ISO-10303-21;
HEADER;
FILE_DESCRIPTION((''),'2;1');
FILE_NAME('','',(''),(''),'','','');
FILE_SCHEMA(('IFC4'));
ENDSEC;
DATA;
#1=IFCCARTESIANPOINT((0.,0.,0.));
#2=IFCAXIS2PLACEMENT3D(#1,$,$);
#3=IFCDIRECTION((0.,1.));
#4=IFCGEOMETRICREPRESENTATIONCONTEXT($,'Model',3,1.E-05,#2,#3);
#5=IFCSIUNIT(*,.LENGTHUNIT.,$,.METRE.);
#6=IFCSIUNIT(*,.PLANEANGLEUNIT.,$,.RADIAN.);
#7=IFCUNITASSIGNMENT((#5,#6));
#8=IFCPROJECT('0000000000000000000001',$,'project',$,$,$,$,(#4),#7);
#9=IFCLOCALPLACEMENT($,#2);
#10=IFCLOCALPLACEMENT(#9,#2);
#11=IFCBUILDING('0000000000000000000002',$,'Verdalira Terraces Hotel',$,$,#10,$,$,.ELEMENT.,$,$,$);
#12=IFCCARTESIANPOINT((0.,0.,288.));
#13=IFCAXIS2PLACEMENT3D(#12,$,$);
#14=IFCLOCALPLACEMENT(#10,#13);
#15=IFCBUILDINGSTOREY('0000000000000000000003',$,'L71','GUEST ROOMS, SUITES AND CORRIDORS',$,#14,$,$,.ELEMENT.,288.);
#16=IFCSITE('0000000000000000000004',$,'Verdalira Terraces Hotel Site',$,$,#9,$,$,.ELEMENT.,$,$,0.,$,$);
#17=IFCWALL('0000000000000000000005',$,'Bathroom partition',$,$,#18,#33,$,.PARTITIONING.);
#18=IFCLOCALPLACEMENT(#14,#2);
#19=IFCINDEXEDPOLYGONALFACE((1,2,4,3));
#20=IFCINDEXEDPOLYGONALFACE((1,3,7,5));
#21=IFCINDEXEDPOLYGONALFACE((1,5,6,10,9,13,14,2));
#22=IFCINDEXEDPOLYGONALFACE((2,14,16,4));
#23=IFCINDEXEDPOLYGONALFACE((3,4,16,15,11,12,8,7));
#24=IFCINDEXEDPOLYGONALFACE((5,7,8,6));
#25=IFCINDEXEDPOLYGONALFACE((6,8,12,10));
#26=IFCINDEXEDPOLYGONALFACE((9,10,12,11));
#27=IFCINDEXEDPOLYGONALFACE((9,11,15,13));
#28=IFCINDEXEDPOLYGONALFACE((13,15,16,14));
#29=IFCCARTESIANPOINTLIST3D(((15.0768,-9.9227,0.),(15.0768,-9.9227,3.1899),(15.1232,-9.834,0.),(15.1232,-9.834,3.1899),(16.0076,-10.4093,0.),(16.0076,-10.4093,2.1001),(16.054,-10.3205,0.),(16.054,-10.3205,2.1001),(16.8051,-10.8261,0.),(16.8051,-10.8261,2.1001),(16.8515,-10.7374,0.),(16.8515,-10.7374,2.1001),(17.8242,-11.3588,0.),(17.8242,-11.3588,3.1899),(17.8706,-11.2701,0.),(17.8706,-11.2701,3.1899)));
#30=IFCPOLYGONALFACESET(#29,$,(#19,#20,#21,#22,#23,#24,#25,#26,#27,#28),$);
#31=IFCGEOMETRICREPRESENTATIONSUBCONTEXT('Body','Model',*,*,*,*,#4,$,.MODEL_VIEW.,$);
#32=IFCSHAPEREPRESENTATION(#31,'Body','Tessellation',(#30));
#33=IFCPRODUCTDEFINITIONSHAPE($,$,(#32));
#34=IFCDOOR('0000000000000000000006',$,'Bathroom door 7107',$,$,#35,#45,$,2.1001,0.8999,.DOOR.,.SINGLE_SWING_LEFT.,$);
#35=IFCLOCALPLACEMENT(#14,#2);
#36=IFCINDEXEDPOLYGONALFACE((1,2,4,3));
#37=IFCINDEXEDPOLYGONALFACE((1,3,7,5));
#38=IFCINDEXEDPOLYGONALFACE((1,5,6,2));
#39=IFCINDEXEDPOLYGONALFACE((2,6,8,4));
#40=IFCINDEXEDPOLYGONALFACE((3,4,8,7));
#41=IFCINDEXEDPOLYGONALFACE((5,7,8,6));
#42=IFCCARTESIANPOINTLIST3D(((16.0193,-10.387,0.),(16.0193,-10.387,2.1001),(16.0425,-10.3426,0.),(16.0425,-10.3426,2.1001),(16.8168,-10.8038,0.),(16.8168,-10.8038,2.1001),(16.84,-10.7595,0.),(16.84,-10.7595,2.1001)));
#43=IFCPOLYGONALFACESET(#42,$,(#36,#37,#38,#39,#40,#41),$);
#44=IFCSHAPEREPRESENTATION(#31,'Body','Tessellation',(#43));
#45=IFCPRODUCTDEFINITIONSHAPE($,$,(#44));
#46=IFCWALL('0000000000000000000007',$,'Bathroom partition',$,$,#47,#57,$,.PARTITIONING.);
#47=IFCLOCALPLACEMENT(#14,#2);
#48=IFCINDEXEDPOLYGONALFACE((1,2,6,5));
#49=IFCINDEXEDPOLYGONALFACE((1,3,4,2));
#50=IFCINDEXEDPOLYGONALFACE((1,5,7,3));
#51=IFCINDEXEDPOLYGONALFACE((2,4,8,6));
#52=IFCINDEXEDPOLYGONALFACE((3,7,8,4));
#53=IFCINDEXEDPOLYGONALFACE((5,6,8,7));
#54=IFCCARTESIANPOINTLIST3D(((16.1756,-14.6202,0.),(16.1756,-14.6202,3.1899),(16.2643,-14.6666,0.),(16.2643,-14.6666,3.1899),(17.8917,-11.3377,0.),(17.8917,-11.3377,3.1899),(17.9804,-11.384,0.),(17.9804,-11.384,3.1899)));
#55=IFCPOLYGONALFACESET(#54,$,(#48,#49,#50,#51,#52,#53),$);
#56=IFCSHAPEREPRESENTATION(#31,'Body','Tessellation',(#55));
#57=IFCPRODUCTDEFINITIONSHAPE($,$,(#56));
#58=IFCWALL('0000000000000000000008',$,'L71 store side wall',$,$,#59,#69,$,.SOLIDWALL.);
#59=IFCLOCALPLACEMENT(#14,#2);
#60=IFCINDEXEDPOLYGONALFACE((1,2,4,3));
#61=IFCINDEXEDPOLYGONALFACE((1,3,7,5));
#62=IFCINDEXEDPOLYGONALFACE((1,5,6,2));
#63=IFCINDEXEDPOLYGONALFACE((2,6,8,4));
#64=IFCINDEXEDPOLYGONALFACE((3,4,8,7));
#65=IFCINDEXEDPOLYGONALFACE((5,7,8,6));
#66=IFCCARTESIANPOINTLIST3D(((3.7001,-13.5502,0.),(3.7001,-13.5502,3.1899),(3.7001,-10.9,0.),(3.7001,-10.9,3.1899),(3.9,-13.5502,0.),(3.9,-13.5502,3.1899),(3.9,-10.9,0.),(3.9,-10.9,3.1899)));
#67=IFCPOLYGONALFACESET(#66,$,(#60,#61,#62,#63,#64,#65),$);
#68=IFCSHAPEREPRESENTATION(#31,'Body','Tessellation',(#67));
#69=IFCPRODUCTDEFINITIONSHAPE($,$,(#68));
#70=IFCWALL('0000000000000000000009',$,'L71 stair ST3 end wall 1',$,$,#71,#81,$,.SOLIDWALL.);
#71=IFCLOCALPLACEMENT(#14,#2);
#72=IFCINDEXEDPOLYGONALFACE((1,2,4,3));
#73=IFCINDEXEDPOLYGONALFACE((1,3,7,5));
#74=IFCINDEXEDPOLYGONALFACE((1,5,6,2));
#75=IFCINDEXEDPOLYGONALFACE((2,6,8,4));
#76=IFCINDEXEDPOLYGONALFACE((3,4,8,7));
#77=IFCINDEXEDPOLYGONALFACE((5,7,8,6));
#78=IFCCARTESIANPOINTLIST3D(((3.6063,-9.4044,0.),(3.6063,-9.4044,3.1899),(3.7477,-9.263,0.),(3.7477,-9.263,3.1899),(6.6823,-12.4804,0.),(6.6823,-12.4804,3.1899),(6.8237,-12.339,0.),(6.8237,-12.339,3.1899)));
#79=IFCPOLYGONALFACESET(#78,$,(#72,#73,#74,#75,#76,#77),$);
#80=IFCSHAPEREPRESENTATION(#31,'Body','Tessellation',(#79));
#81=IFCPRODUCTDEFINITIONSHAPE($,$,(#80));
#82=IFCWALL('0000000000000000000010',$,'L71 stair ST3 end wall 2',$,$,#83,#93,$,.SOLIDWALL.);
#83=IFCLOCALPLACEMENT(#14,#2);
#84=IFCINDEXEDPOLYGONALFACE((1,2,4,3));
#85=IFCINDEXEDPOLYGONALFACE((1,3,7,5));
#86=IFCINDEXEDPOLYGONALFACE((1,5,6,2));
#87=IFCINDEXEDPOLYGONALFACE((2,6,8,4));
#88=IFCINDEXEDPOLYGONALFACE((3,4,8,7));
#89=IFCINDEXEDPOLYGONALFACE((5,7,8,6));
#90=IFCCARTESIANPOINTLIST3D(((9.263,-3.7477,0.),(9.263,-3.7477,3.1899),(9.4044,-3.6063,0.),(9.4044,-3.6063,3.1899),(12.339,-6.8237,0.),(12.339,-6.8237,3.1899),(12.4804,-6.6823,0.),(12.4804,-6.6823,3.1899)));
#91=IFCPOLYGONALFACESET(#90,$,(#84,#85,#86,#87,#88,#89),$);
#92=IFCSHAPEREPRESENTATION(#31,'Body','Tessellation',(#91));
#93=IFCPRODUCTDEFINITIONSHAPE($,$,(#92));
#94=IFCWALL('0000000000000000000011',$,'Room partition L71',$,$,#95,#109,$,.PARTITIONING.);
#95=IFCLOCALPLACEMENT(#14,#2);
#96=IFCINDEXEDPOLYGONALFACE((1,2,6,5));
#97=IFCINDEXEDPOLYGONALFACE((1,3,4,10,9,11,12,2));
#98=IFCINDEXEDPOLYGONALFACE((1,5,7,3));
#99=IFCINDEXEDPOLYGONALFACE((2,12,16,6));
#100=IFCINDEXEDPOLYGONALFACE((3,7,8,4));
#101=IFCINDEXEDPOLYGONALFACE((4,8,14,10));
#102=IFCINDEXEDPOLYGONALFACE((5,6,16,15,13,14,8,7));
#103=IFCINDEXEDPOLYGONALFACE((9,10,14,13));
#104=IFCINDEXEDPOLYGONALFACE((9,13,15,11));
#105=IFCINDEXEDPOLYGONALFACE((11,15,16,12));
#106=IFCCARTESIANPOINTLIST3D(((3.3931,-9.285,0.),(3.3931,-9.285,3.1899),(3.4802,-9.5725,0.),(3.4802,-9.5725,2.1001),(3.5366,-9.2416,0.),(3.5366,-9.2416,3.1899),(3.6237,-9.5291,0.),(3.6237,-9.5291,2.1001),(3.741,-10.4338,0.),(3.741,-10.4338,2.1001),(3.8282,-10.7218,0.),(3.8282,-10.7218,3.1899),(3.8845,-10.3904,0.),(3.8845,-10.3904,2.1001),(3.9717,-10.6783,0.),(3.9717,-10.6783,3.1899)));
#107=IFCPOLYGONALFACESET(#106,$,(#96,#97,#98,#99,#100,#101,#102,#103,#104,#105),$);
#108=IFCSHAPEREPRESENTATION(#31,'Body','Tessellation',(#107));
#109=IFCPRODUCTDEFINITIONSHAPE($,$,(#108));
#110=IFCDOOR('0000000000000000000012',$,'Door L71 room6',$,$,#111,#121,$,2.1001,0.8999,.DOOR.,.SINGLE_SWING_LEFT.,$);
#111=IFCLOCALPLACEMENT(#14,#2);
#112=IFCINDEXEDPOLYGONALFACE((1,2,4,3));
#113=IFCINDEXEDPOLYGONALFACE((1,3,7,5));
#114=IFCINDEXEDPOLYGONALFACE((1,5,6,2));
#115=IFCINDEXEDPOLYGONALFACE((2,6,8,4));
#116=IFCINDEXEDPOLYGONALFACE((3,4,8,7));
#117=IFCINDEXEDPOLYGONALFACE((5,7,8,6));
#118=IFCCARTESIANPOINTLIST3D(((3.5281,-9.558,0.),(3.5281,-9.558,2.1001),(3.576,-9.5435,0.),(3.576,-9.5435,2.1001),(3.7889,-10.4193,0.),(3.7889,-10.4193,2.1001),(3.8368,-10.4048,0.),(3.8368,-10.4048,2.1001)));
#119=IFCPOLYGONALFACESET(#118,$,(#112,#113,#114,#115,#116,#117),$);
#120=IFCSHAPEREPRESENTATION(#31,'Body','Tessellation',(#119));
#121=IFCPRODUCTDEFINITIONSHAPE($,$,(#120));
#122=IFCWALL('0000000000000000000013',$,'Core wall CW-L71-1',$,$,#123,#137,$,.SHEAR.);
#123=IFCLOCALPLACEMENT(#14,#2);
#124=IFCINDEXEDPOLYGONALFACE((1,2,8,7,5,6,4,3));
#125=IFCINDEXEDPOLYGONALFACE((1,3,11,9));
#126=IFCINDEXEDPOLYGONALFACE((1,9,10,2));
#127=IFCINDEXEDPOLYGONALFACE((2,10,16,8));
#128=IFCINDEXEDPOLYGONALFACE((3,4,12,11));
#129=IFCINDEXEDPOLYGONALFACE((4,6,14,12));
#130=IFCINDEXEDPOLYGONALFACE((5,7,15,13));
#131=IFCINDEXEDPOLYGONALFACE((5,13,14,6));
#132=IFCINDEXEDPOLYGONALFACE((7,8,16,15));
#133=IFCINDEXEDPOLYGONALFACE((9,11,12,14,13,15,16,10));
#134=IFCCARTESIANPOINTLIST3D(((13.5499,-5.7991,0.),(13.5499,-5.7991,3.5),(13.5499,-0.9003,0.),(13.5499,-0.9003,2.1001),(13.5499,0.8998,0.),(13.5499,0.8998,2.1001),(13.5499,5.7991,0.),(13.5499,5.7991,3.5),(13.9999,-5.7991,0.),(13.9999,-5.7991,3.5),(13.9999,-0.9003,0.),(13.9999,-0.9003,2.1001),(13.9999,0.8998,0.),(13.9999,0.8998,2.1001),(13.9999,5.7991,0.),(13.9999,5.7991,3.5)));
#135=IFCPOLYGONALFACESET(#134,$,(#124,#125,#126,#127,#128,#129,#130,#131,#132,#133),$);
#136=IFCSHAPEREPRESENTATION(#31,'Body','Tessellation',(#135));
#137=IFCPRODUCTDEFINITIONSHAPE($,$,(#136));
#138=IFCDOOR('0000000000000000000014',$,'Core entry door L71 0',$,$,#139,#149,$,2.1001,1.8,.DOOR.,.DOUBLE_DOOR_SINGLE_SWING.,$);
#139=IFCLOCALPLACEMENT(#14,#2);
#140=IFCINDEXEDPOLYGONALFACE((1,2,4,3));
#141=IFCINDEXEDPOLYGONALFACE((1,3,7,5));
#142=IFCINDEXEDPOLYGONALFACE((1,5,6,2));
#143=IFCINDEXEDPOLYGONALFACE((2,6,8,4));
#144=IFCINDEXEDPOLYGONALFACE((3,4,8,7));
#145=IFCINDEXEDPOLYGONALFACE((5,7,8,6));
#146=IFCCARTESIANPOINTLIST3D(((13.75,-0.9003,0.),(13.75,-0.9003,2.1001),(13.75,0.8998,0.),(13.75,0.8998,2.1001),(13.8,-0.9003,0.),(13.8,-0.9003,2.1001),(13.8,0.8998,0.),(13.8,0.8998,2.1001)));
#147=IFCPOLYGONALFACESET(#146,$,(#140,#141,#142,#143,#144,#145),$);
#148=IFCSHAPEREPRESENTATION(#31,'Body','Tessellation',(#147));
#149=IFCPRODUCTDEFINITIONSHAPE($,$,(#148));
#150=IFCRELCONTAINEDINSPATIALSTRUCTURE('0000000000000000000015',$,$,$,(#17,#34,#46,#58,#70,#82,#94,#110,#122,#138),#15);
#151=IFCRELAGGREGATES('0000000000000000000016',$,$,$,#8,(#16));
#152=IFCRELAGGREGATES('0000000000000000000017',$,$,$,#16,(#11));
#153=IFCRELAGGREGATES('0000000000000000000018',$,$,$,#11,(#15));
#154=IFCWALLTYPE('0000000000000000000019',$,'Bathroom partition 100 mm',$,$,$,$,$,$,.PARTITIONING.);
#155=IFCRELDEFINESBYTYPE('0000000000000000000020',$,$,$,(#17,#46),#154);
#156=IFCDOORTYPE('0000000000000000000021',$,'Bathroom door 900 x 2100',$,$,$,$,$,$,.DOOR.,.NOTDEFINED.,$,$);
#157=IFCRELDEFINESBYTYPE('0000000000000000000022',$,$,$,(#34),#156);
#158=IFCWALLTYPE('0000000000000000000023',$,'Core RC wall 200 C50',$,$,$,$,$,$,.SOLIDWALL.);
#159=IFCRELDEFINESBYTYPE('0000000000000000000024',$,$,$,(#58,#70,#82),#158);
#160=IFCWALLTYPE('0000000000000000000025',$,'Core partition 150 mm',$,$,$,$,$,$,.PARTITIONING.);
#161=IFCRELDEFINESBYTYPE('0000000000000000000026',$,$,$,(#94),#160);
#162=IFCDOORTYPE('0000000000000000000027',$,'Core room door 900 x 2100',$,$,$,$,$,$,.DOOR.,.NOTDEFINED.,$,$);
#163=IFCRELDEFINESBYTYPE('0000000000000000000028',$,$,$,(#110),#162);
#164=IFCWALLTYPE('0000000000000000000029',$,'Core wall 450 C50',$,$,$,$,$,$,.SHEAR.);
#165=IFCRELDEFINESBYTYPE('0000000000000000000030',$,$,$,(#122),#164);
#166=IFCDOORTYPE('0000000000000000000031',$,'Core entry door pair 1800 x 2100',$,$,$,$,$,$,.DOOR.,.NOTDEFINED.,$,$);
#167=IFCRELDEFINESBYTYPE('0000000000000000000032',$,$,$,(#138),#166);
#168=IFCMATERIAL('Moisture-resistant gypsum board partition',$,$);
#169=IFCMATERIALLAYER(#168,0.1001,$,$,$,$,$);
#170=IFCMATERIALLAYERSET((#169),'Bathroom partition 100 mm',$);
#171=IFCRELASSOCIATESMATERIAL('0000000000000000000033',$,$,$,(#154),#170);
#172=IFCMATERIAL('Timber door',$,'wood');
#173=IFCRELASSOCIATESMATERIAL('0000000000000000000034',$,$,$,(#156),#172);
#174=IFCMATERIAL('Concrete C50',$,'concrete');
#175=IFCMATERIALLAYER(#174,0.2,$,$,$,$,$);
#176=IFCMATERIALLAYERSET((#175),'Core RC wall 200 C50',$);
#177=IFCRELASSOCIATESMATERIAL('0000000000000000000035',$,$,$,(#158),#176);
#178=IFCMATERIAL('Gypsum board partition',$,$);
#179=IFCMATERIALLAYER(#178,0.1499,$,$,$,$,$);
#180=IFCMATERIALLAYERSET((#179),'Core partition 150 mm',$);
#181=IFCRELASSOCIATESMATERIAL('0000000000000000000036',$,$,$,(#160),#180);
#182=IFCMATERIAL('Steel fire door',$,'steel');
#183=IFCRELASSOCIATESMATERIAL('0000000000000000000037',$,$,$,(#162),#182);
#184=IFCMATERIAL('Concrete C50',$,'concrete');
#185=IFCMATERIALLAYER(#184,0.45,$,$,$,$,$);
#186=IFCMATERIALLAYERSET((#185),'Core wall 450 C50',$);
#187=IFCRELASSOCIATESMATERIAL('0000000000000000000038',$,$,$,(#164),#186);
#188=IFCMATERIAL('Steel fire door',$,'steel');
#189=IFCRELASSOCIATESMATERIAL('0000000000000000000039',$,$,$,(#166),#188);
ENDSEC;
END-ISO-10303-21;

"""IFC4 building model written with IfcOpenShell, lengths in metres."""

from ifc_helpers import new_model, si_unit, direction, frame, frame_2d, origin, place, context, subcontext, project, spatial, rectangle, extrude, material, layer, layer_set, type_object, element, fill, save


model = new_model("IFC4")

# Units and contexts
model_context = context("Model", 3, precision=1e-05, world=origin(), true_north=direction((0.0, 1.0)))
body_context = subcontext(model_context, "Body", "Model", "MODEL_VIEW")
ifc_project = project(units=[si_unit("LENGTHUNIT", "METRE"), si_unit("PLANEANGLEUNIT", "RADIAN")], contexts=[model_context])

# Site, building, storey
site_placement = place(None, origin())
site = spatial("IfcSite", under=ifc_project, at=site_placement, Name="Verdalira Terraces Hotel Site", CompositionType="ELEMENT", RefElevation=0.0)
building_placement = place(site_placement, origin())
building = spatial("IfcBuilding", under=site, at=building_placement, Name="Verdalira Terraces Hotel", CompositionType="ELEMENT")
storey_placement = place(building_placement, frame((0.0, 0.0, 288.0)))
storey = spatial("IfcBuildingStorey", under=building, at=storey_placement, Name="L71", Description="GUEST ROOMS, SUITES AND CORRIDORS", CompositionType="ELEMENT", Elevation=288.0)

# Wall, opening, door
ifc_material_1 = material(Name="Moisture-resistant gypsum board partition")
ifc_layer_1 = layer(ifc_material_1, 0.1001)
ifc_layer_set_1 = layer_set([ifc_layer_1], Name="Bathroom partition 100 mm")
wall_type_1 = type_object("IfcWallType", Name="Bathroom partition 100 mm", PredefinedType="PARTITIONING", material=ifc_layer_set_1)
wall_1_placement = place(storey_placement, frame((17.8474, -11.3145, 0.0), z_axis=(0.0, 0.0, 1.0), x_axis=(-0.886234, 0.463239, 0.0)))
wall_1 = element("IfcWall", 1, at=wall_1_placement, inside=storey, type_object=wall_type_1, Name="Bathroom partition", PredefinedType="PARTITIONING", context=body_context, shape_type="SweptSolid", body=[
    extrude(rectangle(XDim=3.1001, YDim=0.1001, at=frame_2d((1.55, 0.0))), origin(), (0.0, 0.0, 1.0), 3.1899),
])
opening_1_placement = place(wall_1_placement, frame((1.1499, 0.0, 0.0)))
opening_1 = element("IfcOpeningElement", 2, at=opening_1_placement, cuts=wall_1, PredefinedType="OPENING", context=body_context, shape_type="SweptSolid", body=[
    extrude(rectangle(XDim=0.8999, YDim=2.1001, at=frame_2d((0.45, 1.05))), frame((0.0, 0.0601, 0.0), z_axis=(0.0, -1.0, 0.0), x_axis=(1.0, 0.0, 0.0)), (0.0, 0.0, 1.0), 0.1201),
])
ifc_material_2 = material(Name="Timber door", Category="wood")
door_type_1 = type_object("IfcDoorType", Name="Bathroom door 900 x 2100", OperationType="NOTDEFINED", PredefinedType="DOOR", material=ifc_material_2)
door_1_placement = place(opening_1_placement, origin())
door_1 = element("IfcDoor", 3, at=door_1_placement, inside=storey, type_object=door_type_1, Name="Bathroom door 7107", OperationType="SINGLE_SWING_LEFT", OverallHeight=2.1001, OverallWidth=0.8999, PredefinedType="DOOR", context=body_context, shape_type="SweptSolid", body=[
    extrude(rectangle(XDim=0.8999, YDim=2.1001, at=frame_2d((0.45, 1.05))), frame((0.0, 0.0249, 0.0), z_axis=(0.0, -1.0, 0.0), x_axis=(1.0, 0.0, 0.0)), (0.0, 0.0, 1.0), 0.05),
])
fill(opening_1, door_1)

# Walls
wall_2_placement = place(storey_placement, frame((17.936, -11.3608, 0.0), z_axis=(0.0, 0.0, 1.0), x_axis=(-0.463302, -0.8862, 0.0)))
element("IfcWall", 4, at=wall_2_placement, inside=storey, type_object=wall_type_1, Name="Bathroom partition", PredefinedType="PARTITIONING", context=body_context, shape_type="SweptSolid", body=[
    extrude(rectangle(XDim=3.7041, YDim=0.1001, at=frame_2d((1.8521, 0.0))), origin(), (0.0, 0.0, 1.0), 3.1899),
])
ifc_material_3 = material(Name="Concrete C50", Category="concrete")
ifc_layer_2 = layer(ifc_material_3, 0.2)
ifc_layer_set_2 = layer_set([ifc_layer_2], Name="Core RC wall 200 C50")
wall_type_2 = type_object("IfcWallType", Name="Core RC wall 200 C50", PredefinedType="SOLIDWALL", material=ifc_layer_set_2)
wall_3_placement = place(storey_placement, frame((3.8, -10.8999, 0.0), z_axis=(0.0, 0.0, 1.0), x_axis=(0.0, -1.0, 0.0)))
element("IfcWall", 5, at=wall_3_placement, inside=storey, type_object=wall_type_2, Name="L71 store side wall", PredefinedType="SOLIDWALL", context=body_context, shape_type="SweptSolid", body=[
    extrude(rectangle(XDim=2.6501, YDim=0.2, at=frame_2d((1.3252, 0.0))), origin(), (0.0, 0.0, 1.0), 3.1899),
])
for number, where, z_axis, x_axis, name in (
    (6, (3.677, -9.3337, 0.0), (0.0, 0.0, 1.0), (0.707107, -0.707107, 0.0), "L71 stair ST3 end wall 1"),
    (7, (9.3337, -3.677, 0.0), (0.0, 0.0, 1.0), (0.707107, -0.707107, 0.0), "L71 stair ST3 end wall 2"),
):
    element("IfcWall", number, at=place(storey_placement, frame(where, z_axis=z_axis, x_axis=x_axis)), inside=storey, type_object=wall_type_2, Name=name, PredefinedType="SOLIDWALL", context=body_context, shape_type="SweptSolid", body=[
        extrude(rectangle(XDim=4.3501, YDim=0.2, at=frame_2d((2.175, 0.0))), origin(), (0.0, 0.0, 1.0), 3.1899),
    ])

# Walls, openings, doors
ifc_material_4 = material(Name="Gypsum board partition")
ifc_layer_3 = layer(ifc_material_4, 0.1499)
ifc_layer_set_3 = layer_set([ifc_layer_3], Name="Core partition 150 mm")
wall_type_3 = type_object("IfcWallType", Name="Core partition 150 mm", PredefinedType="PARTITIONING", material=ifc_layer_set_3)
wall_4_placement = place(storey_placement, frame((3.8999, -10.7, 0.0), z_axis=(0.0, 0.0, 1.0), x_axis=(-0.289809, 0.957085, 0.0)))
wall_4 = element("IfcWall", 8, at=wall_4_placement, inside=storey, type_object=wall_type_3, Name="Room partition L71", PredefinedType="PARTITIONING", context=body_context, shape_type="SweptSolid", body=[
    extrude(rectangle(XDim=1.5012, YDim=0.1499, at=frame_2d((0.7505, 0.0))), origin(), (0.0, 0.0, 1.0), 3.1899),
])
opening_2_placement = place(wall_4_placement, frame((0.3008, 0.0, 0.0)))
opening_2 = element("IfcOpeningElement", 9, at=opening_2_placement, cuts=wall_4, PredefinedType="OPENING", context=body_context, shape_type="SweptSolid", body=[
    extrude(rectangle(XDim=0.8999, YDim=2.1001, at=frame_2d((0.45, 1.05))), frame((0.0, 0.085, 0.0), z_axis=(0.0, -1.0, 0.0), x_axis=(1.0, 0.0, 0.0)), (0.0, 0.0, 1.0), 0.1699),
])
ifc_material_5 = material(Name="Steel fire door", Category="steel")
door_type_2 = type_object("IfcDoorType", Name="Core room door 900 x 2100", OperationType="NOTDEFINED", PredefinedType="DOOR", material=ifc_material_5)
door_2_placement = place(opening_2_placement, origin())
door_2 = element("IfcDoor", 10, at=door_2_placement, inside=storey, type_object=door_type_2, Name="Door L71 room6", OperationType="SINGLE_SWING_LEFT", OverallHeight=2.1001, OverallWidth=0.8999, PredefinedType="DOOR", context=body_context, shape_type="SweptSolid", body=[
    extrude(rectangle(XDim=0.8999, YDim=2.1001, at=frame_2d((0.45, 1.05))), frame((0.0, 0.0249, 0.0), z_axis=(0.0, -1.0, 0.0), x_axis=(1.0, 0.0, 0.0)), (0.0, 0.0, 1.0), 0.05),
])
fill(opening_2, door_2)
ifc_material_6 = material(Name="Concrete C50", Category="concrete")
ifc_layer_4 = layer(ifc_material_6, 0.45)
ifc_layer_set_4 = layer_set([ifc_layer_4], Name="Core wall 450 C50")
wall_type_4 = type_object("IfcWallType", Name="Core wall 450 C50", PredefinedType="SHEAR", material=ifc_layer_set_4)
wall_5_placement = place(storey_placement, frame((13.7749, -5.7991, 0.0), z_axis=(0.0, 0.0, 1.0), x_axis=(0.0, 1.0, 0.0)))
wall_5 = element("IfcWall", 11, at=wall_5_placement, inside=storey, type_object=wall_type_4, Name="Core wall CW-L71-1", PredefinedType="SHEAR", context=body_context, shape_type="SweptSolid", body=[
    extrude(rectangle(XDim=11.5981, YDim=0.45, at=frame_2d((5.7991, 0.0))), origin(), (0.0, 0.0, 1.0), 3.5),
])
opening_3_placement = place(wall_5_placement, frame((4.8989, 0.0, 0.0)))
opening_3 = element("IfcOpeningElement", 12, at=opening_3_placement, cuts=wall_5, PredefinedType="OPENING", context=body_context, shape_type="SweptSolid", body=[
    extrude(rectangle(XDim=1.8, YDim=2.1001, at=frame_2d((0.8999, 1.05))), frame((0.0, 0.2349, 0.0), z_axis=(0.0, -1.0, 0.0), x_axis=(1.0, 0.0, 0.0)), (0.0, 0.0, 1.0), 0.47),
])
ifc_material_7 = material(Name="Steel fire door", Category="steel")
door_type_3 = type_object("IfcDoorType", Name="Core entry door pair 1800 x 2100", OperationType="NOTDEFINED", PredefinedType="DOOR", material=ifc_material_7)
door_3_placement = place(opening_3_placement, origin())
door_3 = element("IfcDoor", 13, at=door_3_placement, inside=storey, type_object=door_type_3, Name="Core entry door L71 0", OperationType="DOUBLE_DOOR_SINGLE_SWING", OverallHeight=2.1001, OverallWidth=1.8, PredefinedType="DOOR", context=body_context, shape_type="SweptSolid", body=[
    extrude(rectangle(XDim=1.8, YDim=2.1001, at=frame_2d((0.8999, 1.05))), frame((0.0, 0.0249, 0.0), z_axis=(0.0, -1.0, 0.0), x_axis=(1.0, 0.0, 0.0)), (0.0, 0.0, 1.0), 0.05),
])
fill(opening_3, door_3)

save(model, "model.ifc")
